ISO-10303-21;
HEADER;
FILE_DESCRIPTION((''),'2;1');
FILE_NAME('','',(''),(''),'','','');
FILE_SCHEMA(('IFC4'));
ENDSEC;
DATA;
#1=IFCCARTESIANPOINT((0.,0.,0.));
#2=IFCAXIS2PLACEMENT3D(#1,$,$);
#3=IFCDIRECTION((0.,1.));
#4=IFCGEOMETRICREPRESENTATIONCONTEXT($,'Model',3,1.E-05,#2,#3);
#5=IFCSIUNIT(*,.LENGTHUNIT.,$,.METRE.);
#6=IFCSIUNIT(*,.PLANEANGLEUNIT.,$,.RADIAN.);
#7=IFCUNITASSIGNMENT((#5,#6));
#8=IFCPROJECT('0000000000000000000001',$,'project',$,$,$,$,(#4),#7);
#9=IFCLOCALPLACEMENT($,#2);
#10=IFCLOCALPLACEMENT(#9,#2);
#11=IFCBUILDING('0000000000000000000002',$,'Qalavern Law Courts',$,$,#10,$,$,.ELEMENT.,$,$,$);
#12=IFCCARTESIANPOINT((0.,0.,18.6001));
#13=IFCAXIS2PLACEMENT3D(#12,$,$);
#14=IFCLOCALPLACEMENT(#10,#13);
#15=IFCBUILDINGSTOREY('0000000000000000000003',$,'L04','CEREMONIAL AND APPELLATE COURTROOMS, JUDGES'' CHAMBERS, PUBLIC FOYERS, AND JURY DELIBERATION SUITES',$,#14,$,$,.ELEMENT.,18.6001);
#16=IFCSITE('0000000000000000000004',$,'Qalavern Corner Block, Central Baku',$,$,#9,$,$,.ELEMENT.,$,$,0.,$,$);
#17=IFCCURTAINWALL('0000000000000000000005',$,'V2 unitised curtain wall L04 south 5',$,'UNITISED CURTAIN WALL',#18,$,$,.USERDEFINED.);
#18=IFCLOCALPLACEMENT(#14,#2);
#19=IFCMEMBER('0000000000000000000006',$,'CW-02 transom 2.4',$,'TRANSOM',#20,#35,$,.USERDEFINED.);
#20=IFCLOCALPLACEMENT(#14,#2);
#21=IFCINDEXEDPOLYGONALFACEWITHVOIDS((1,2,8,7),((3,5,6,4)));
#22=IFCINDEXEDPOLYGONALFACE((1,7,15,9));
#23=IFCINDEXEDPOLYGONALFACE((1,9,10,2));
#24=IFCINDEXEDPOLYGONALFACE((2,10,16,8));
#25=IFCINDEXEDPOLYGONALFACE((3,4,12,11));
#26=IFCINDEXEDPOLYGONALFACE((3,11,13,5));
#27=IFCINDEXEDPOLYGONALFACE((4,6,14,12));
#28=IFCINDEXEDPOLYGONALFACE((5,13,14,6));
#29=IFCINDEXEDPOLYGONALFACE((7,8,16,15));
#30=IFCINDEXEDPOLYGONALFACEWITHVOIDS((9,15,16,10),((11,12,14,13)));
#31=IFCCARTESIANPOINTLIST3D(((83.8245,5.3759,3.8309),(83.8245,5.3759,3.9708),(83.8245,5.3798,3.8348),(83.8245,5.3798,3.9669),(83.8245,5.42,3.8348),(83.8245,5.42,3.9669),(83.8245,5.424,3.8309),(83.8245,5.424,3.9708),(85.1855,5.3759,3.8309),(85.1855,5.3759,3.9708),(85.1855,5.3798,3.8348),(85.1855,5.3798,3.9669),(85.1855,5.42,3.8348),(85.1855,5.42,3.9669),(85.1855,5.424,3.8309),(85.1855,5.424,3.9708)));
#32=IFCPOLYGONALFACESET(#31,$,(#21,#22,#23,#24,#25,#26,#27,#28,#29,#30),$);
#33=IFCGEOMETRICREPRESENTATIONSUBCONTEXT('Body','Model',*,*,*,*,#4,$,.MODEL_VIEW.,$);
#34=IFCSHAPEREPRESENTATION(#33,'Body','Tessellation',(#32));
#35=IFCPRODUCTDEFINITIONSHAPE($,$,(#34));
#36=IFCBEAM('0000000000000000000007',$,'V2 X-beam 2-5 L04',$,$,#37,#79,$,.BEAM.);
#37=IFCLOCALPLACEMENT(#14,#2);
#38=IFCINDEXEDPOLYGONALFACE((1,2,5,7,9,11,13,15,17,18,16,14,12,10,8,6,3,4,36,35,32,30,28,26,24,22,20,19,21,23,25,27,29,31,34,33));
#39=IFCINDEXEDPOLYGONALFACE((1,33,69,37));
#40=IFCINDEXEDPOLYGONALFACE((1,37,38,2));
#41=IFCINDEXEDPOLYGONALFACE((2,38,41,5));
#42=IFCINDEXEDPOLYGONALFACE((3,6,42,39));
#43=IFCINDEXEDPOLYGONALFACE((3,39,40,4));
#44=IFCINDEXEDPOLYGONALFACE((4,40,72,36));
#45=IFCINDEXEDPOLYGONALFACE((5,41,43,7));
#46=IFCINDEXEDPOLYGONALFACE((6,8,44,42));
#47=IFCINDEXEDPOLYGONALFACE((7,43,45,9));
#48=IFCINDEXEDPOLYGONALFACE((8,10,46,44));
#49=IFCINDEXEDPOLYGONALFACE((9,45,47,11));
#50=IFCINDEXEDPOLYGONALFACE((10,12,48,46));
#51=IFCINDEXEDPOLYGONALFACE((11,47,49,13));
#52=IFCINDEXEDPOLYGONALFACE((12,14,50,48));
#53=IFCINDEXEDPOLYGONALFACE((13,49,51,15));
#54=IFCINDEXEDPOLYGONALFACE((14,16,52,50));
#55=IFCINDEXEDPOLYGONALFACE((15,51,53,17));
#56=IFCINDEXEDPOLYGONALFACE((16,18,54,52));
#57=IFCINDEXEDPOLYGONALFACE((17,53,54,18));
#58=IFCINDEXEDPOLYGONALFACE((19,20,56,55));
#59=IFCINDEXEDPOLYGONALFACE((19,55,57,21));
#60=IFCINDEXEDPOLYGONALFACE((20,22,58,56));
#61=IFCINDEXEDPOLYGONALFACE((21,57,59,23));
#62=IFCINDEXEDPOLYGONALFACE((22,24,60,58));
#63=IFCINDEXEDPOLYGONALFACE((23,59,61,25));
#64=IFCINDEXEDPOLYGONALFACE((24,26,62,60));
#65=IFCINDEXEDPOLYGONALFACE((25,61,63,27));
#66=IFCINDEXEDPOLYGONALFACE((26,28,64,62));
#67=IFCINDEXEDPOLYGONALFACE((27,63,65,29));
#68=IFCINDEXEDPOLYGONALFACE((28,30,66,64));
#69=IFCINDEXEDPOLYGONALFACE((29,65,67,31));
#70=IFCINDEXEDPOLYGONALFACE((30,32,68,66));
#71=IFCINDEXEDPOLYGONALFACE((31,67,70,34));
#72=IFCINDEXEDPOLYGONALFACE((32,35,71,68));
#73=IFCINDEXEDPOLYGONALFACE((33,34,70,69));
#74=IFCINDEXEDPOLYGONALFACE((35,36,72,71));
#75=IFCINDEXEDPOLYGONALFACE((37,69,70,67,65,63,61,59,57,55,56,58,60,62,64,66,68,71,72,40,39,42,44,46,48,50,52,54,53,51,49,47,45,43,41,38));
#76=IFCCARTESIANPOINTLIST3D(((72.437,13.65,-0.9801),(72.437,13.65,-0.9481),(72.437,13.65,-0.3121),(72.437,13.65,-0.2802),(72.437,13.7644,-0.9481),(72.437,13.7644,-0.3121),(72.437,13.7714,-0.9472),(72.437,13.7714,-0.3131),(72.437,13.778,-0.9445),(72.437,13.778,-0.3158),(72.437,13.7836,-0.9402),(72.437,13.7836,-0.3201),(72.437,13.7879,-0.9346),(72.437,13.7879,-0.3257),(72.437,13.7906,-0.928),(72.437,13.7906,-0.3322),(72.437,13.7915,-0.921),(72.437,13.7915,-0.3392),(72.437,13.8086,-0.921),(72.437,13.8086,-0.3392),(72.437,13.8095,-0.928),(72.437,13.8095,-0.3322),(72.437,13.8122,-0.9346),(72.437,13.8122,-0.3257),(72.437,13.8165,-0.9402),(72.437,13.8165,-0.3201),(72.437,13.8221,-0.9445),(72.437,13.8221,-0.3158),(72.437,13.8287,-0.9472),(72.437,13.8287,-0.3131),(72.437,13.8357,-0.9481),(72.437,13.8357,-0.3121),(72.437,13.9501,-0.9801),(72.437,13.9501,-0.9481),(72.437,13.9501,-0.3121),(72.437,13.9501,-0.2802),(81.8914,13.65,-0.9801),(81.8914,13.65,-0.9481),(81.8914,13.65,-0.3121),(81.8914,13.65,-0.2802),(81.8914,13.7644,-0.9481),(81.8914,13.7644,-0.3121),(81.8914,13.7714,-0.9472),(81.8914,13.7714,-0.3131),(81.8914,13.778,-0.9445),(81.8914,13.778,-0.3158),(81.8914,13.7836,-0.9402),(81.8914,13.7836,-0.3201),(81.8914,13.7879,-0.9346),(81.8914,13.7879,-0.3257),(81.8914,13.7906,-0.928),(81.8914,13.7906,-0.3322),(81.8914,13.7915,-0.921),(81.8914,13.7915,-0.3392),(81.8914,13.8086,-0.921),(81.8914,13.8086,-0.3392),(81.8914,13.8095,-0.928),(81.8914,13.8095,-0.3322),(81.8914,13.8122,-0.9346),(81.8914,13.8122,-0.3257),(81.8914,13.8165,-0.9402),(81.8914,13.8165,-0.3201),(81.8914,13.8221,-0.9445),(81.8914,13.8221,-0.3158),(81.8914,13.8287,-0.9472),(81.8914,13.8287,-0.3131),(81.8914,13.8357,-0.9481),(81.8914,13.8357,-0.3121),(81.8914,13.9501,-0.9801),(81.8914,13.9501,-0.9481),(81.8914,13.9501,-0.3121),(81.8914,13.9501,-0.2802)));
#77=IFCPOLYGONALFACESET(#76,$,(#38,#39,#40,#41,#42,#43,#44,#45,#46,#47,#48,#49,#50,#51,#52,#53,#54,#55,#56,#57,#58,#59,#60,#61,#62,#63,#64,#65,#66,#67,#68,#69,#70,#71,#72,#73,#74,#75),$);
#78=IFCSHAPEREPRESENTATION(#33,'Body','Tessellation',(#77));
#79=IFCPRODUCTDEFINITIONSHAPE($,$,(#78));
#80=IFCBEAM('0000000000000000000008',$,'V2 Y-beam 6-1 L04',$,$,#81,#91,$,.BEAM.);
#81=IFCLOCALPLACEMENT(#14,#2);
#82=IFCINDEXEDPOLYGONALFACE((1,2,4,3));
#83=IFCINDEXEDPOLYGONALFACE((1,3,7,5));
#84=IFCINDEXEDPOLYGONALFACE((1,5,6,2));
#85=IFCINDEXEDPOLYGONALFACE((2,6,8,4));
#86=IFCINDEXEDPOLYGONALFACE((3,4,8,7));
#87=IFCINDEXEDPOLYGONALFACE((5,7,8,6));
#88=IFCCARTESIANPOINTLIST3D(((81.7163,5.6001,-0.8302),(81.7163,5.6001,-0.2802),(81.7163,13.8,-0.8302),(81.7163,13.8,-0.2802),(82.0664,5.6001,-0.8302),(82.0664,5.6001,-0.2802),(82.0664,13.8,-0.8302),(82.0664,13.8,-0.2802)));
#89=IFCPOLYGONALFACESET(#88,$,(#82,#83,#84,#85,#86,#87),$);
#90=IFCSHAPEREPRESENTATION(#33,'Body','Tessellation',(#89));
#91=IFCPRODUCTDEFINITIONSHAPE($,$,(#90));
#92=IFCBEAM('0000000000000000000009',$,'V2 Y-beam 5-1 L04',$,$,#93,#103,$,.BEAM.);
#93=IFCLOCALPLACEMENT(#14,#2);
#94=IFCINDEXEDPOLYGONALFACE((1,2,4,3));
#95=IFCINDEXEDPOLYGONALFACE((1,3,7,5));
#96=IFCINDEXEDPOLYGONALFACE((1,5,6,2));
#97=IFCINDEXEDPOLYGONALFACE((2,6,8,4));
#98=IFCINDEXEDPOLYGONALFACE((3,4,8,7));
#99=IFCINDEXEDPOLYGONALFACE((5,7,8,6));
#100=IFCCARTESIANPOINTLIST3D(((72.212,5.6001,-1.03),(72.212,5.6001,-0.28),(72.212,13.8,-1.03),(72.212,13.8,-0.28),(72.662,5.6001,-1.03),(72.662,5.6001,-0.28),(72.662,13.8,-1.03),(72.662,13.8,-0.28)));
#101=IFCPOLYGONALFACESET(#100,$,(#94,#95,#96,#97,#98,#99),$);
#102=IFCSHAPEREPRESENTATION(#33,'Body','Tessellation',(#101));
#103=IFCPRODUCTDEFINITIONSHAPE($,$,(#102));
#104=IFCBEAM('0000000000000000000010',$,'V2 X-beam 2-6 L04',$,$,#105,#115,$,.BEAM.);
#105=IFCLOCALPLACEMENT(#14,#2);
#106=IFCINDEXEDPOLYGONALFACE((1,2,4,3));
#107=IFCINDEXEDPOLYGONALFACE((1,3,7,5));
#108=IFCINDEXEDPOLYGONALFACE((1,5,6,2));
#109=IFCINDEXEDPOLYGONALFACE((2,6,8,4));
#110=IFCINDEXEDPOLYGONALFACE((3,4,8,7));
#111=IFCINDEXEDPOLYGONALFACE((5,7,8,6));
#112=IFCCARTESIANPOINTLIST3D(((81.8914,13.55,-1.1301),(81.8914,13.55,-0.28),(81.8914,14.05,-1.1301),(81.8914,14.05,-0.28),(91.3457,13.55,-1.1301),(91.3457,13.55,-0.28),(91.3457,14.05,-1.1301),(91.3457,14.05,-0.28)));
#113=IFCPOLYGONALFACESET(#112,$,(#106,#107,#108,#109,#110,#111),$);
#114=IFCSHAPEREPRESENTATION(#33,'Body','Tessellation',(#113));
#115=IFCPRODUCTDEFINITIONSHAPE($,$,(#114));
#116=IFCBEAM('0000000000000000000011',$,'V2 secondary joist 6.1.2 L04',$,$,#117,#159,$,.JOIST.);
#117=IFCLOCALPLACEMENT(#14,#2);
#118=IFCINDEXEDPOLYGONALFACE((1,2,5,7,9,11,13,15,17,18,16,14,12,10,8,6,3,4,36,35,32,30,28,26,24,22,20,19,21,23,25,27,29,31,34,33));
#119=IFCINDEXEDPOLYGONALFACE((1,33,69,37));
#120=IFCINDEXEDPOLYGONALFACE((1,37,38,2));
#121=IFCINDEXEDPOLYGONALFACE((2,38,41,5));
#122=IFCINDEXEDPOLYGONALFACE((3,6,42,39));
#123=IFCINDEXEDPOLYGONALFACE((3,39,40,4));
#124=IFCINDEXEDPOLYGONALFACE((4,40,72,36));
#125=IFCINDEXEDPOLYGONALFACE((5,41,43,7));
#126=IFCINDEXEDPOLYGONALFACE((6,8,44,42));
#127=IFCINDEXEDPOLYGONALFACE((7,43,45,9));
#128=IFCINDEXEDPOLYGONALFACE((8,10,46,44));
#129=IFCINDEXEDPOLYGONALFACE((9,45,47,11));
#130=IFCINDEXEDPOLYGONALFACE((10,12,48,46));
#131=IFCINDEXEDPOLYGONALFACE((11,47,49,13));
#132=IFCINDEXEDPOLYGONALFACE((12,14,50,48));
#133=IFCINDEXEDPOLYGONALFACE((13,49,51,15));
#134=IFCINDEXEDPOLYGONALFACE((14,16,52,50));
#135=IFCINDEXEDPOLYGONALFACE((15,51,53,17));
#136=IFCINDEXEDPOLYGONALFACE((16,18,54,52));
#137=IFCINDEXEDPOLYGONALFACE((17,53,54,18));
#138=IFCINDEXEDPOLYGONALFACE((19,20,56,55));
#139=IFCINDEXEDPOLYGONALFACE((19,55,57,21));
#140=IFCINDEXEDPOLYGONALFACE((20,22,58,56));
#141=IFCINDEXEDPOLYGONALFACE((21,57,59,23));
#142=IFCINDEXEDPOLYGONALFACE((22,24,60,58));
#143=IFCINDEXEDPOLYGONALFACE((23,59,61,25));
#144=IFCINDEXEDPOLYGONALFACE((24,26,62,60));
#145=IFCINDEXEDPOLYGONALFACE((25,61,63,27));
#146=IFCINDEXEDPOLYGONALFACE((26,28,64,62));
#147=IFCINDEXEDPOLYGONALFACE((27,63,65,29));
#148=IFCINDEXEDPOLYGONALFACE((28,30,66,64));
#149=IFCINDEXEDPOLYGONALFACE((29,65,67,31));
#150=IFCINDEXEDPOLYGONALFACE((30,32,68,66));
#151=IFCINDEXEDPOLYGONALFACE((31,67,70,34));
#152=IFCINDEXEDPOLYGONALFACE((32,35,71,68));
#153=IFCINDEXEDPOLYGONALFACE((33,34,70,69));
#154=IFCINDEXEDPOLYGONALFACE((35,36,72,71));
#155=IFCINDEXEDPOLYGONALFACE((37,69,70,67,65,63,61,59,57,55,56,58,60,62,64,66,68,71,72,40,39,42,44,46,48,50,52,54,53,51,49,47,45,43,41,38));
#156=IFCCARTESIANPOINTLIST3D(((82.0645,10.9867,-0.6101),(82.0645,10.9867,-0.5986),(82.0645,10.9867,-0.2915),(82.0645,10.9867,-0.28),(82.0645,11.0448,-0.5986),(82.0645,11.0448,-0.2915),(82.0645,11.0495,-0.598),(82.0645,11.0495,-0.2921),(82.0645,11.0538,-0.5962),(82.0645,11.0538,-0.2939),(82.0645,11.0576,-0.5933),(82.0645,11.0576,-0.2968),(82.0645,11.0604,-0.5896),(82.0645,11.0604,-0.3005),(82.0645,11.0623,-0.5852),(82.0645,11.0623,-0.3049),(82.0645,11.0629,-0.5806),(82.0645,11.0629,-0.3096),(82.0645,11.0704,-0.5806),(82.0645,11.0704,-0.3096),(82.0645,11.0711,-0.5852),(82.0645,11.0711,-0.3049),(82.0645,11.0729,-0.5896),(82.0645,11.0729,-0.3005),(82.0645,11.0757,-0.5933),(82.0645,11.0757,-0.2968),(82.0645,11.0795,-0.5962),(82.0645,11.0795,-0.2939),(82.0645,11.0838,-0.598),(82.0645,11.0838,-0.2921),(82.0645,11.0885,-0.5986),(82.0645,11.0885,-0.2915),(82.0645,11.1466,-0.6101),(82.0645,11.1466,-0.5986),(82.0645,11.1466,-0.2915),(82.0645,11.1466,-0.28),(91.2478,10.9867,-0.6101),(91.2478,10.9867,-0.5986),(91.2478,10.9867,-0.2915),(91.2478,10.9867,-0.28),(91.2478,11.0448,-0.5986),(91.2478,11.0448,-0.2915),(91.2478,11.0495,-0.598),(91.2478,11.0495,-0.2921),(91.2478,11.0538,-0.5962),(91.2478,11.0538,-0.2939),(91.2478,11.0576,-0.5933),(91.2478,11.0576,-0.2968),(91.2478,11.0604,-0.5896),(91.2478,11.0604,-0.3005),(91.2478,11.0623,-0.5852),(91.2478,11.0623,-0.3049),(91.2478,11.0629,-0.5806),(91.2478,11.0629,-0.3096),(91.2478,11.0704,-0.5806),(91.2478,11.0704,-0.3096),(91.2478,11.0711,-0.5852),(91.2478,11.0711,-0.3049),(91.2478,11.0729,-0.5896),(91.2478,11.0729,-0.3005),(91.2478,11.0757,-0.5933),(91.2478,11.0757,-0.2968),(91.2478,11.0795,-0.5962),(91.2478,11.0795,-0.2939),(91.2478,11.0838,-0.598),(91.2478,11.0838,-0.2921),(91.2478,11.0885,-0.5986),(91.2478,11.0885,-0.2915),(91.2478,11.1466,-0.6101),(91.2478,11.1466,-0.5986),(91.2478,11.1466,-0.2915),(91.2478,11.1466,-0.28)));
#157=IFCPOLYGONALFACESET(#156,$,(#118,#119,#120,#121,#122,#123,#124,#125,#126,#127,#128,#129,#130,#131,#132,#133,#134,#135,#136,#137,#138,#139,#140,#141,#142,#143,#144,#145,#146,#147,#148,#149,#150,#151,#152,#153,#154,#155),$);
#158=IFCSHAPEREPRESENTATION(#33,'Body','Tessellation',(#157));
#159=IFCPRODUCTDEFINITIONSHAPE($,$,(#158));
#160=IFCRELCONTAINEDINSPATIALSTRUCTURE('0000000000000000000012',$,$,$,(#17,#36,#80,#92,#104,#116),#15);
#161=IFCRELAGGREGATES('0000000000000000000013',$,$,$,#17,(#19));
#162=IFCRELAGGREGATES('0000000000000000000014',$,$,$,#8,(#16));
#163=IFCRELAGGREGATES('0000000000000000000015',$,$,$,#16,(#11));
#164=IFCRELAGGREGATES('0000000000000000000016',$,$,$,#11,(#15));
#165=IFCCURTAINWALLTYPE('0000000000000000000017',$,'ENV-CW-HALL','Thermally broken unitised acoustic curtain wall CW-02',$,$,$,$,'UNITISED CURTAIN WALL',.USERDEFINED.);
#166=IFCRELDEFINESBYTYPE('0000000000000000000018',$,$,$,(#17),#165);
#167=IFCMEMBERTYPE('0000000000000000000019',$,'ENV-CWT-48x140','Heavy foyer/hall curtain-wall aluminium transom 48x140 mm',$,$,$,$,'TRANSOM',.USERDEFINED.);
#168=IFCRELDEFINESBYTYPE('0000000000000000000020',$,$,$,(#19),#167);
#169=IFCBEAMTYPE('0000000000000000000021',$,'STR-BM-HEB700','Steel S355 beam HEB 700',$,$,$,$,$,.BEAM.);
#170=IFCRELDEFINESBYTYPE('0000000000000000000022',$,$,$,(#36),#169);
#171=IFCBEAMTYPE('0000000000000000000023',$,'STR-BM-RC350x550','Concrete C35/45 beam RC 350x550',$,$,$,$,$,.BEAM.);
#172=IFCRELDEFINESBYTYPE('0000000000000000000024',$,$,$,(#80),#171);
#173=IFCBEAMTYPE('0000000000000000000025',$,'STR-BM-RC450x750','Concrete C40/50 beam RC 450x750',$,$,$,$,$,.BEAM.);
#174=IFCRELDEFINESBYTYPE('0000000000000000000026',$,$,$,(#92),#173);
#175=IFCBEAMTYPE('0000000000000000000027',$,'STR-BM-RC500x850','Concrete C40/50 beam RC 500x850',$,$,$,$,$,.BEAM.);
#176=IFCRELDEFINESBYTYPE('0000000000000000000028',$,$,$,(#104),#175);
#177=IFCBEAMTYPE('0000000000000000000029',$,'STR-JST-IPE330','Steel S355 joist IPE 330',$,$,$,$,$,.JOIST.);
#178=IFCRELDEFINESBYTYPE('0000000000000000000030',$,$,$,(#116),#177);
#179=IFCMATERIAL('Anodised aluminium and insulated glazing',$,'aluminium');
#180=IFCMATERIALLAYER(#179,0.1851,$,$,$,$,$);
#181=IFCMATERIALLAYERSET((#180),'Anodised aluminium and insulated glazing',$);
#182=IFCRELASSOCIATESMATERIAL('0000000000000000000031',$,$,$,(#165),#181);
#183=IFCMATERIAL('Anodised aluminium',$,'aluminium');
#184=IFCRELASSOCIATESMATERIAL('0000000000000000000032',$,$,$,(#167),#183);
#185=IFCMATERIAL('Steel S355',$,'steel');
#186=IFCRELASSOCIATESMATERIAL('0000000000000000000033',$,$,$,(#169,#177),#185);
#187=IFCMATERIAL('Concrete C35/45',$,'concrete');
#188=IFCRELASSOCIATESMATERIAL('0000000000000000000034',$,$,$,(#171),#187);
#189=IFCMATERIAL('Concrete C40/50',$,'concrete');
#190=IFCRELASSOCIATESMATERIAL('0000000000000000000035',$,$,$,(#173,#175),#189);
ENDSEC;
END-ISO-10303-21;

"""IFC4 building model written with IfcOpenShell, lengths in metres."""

from ifc_helpers import new_model, si_unit, direction, frame, origin, origin_2d, place, context, subcontext, project, spatial, rectangle, hollow_rectangle, i_section, extrude, material, layer, layer_set, material_profile, profile_set, type_object, element, aggregate, save


model = new_model("IFC4")

# Units and contexts
model_context = context("Model", 3, precision=1e-05, world=origin(), true_north=direction((0.0, 1.0)))
body_context = subcontext(model_context, "Body", "Model", "MODEL_VIEW")
ifc_project = project(units=[si_unit("LENGTHUNIT", "METRE"), si_unit("PLANEANGLEUNIT", "RADIAN")], contexts=[model_context])

# Site, building, storey
site_placement = place(None, origin())
site = spatial("IfcSite", under=ifc_project, at=site_placement, Name="Qalavern Corner Block, Central Baku", CompositionType="ELEMENT", RefElevation=0.0)
building_placement = place(site_placement, origin())
building = spatial("IfcBuilding", under=site, at=building_placement, Name="Qalavern Law Courts", CompositionType="ELEMENT")
storey_placement = place(building_placement, frame((0.0, 0.0, 18.6001)))
storey = spatial("IfcBuildingStorey", under=building, at=storey_placement, Name="L04", Description="CEREMONIAL AND APPELLATE COURTROOMS, JUDGES' CHAMBERS, PUBLIC FOYERS, AND JURY DELIBERATION SUITES", CompositionType="ELEMENT", Elevation=18.6001)

# Curtain wall, member
ifc_material_1 = material(Name="Anodised aluminium and insulated glazing", Category="aluminium")
ifc_layer_1 = layer(ifc_material_1, 0.1851)
ifc_layer_set_1 = layer_set([ifc_layer_1], Name="Anodised aluminium and insulated glazing")
curtain_wall_type = type_object("IfcCurtainWallType", Name="ENV-CW-HALL", Description="Thermally broken unitised acoustic curtain wall CW-02", ElementType="UNITISED CURTAIN WALL", PredefinedType="USERDEFINED", material=ifc_layer_set_1)
curtain_wall_placement = place(storey_placement, origin())
curtain_wall = element("IfcCurtainWall", 1, at=curtain_wall_placement, inside=storey, type_object=curtain_wall_type, Name="V2 unitised curtain wall L04 south 5", ObjectType="UNITISED CURTAIN WALL", PredefinedType="USERDEFINED")
ifc_material_2 = material(Name="Anodised aluminium", Category="aluminium")
ifc_material_profile_1 = material_profile(ifc_material_2, hollow_rectangle(XDim=0.0481, YDim=0.1399, WallThickness=0.0039, at=origin_2d()), Name="ALU TRANSOM 48x140")
ifc_profile_set_1 = profile_set([ifc_material_profile_1], Name="Anodised aluminium")
member_type_1 = type_object("IfcMemberType", Name="ENV-CWT-48x140", Description="Heavy foyer/hall curtain-wall aluminium transom 48x140 mm", ElementType="TRANSOM", PredefinedType="USERDEFINED", material=ifc_profile_set_1)
member_1_placement = place(storey_placement, frame((83.8245, 5.3999, 3.9009), z_axis=(1.0, 0.0, 0.0), x_axis=(0.0, 1.0, 0.0)))
member_1 = element("IfcMember", 2, at=member_1_placement, type_object=member_type_1, Name="CW-02 transom 2.4", ObjectType="TRANSOM", PredefinedType="USERDEFINED", context=body_context, shape_type="SweptSolid", body=[
    extrude(hollow_rectangle(XDim=0.0481, YDim=0.1399, WallThickness=0.0039, at=origin_2d()), origin(), (0.0, 0.0, 1.0), 1.3611),
])

# Beams
ifc_material_3 = material(Name="Steel S355", Category="steel")
ifc_material_profile_2 = material_profile(ifc_material_3, i_section(OverallWidth=0.3, OverallDepth=0.7, WebThickness=0.0171, FlangeThickness=0.032, FilletRadius=0.0271, at=origin_2d()), Name="HEB 700")
ifc_profile_set_2 = profile_set([ifc_material_profile_2], Name="Steel S355")
beam_type_1 = type_object("IfcBeamType", Name="STR-BM-HEB700", Description="Steel S355 beam HEB 700", PredefinedType="BEAM", material=ifc_profile_set_2)
beam_1_placement = place(storey_placement, frame((72.437, 13.8, -0.6301), z_axis=(1.0, 0.0, 0.0), x_axis=(0.0, 1.0, 0.0)))
element("IfcBeam", 3, at=beam_1_placement, inside=storey, type_object=beam_type_1, Name="V2 X-beam 2-5 L04", PredefinedType="BEAM", context=body_context, shape_type="SweptSolid", body=[
    extrude(i_section(OverallWidth=0.3, OverallDepth=0.7, WebThickness=0.0171, FlangeThickness=0.032, FilletRadius=0.0271, at=origin_2d()), origin(), (0.0, 0.0, 1.0), 9.4543),
])
ifc_material_4 = material(Name="Concrete C35/45", Category="concrete")
ifc_material_profile_3 = material_profile(ifc_material_4, rectangle(XDim=0.3501, YDim=0.55, at=origin_2d()), Name="RC 350x550")
ifc_profile_set_3 = profile_set([ifc_material_profile_3], Name="Concrete C35/45")
beam_type_2 = type_object("IfcBeamType", Name="STR-BM-RC350x550", Description="Concrete C35/45 beam RC 350x550", PredefinedType="BEAM", material=ifc_profile_set_3)
beam_2_placement = place(storey_placement, frame((81.8914, 5.6001, -0.5552), z_axis=(0.0, 1.0, 0.0), x_axis=(-1.0, 0.0, 0.0)))
element("IfcBeam", 4, at=beam_2_placement, inside=storey, type_object=beam_type_2, Name="V2 Y-beam 6-1 L04", PredefinedType="BEAM", context=body_context, shape_type="SweptSolid", body=[
    extrude(rectangle(XDim=0.3501, YDim=0.55, at=origin_2d()), origin(), (0.0, 0.0, 1.0), 8.2),
])
ifc_material_5 = material(Name="Concrete C40/50", Category="concrete")
ifc_material_profile_4 = material_profile(ifc_material_5, rectangle(XDim=0.45, YDim=0.75, at=origin_2d()), Name="RC 450x750")
ifc_profile_set_4 = profile_set([ifc_material_profile_4], Name="Concrete C40/50")
beam_type_3 = type_object("IfcBeamType", Name="STR-BM-RC450x750", Description="Concrete C40/50 beam RC 450x750", PredefinedType="BEAM", material=ifc_profile_set_4)
beam_3_placement = place(storey_placement, frame((72.437, 5.6001, -0.655), z_axis=(0.0, 1.0, 0.0), x_axis=(-1.0, 0.0, 0.0)))
element("IfcBeam", 5, at=beam_3_placement, inside=storey, type_object=beam_type_3, Name="V2 Y-beam 5-1 L04", PredefinedType="BEAM", context=body_context, shape_type="SweptSolid", body=[
    extrude(rectangle(XDim=0.45, YDim=0.75, at=origin_2d()), origin(), (0.0, 0.0, 1.0), 8.2),
])
ifc_material_profile_5 = material_profile(ifc_material_5, rectangle(XDim=0.5, YDim=0.8501, at=origin_2d()), Name="RC 500x850")
ifc_profile_set_5 = profile_set([ifc_material_profile_5], Name="Concrete C40/50")
beam_type_4 = type_object("IfcBeamType", Name="STR-BM-RC500x850", Description="Concrete C40/50 beam RC 500x850", PredefinedType="BEAM", material=ifc_profile_set_5)
beam_4_placement = place(storey_placement, frame((81.8914, 13.8, -0.7051), z_axis=(1.0, 0.0, 0.0), x_axis=(0.0, 1.0, 0.0)))
element("IfcBeam", 6, at=beam_4_placement, inside=storey, type_object=beam_type_4, Name="V2 X-beam 2-6 L04", PredefinedType="BEAM", context=body_context, shape_type="SweptSolid", body=[
    extrude(rectangle(XDim=0.5, YDim=0.8501, at=origin_2d()), origin(), (0.0, 0.0, 1.0), 9.4543),
])
ifc_material_profile_6 = material_profile(ifc_material_3, i_section(OverallWidth=0.1599, OverallDepth=0.3301, WebThickness=0.0076, FlangeThickness=0.0115, FilletRadius=0.0181, at=origin_2d()), Name="IPE 330")
ifc_profile_set_6 = profile_set([ifc_material_profile_6], Name="Steel S355")
beam_type_5 = type_object("IfcBeamType", Name="STR-JST-IPE330", Description="Steel S355 joist IPE 330", PredefinedType="JOIST", material=ifc_profile_set_6)
beam_5_placement = place(storey_placement, frame((82.0645, 11.0667, -0.4451), z_axis=(1.0, 0.0, 0.0), x_axis=(0.0, 1.0, 0.0)))
element("IfcBeam", 7, at=beam_5_placement, inside=storey, type_object=beam_type_5, Name="V2 secondary joist 6.1.2 L04", PredefinedType="JOIST", context=body_context, shape_type="SweptSolid", body=[
    extrude(i_section(OverallWidth=0.1599, OverallDepth=0.3301, WebThickness=0.0076, FlangeThickness=0.0115, FilletRadius=0.0181, at=origin_2d()), origin(), (0.0, 0.0, 1.0), 9.1833),
])

aggregate(curtain_wall, [member_1])

save(model, "model.ifc")
